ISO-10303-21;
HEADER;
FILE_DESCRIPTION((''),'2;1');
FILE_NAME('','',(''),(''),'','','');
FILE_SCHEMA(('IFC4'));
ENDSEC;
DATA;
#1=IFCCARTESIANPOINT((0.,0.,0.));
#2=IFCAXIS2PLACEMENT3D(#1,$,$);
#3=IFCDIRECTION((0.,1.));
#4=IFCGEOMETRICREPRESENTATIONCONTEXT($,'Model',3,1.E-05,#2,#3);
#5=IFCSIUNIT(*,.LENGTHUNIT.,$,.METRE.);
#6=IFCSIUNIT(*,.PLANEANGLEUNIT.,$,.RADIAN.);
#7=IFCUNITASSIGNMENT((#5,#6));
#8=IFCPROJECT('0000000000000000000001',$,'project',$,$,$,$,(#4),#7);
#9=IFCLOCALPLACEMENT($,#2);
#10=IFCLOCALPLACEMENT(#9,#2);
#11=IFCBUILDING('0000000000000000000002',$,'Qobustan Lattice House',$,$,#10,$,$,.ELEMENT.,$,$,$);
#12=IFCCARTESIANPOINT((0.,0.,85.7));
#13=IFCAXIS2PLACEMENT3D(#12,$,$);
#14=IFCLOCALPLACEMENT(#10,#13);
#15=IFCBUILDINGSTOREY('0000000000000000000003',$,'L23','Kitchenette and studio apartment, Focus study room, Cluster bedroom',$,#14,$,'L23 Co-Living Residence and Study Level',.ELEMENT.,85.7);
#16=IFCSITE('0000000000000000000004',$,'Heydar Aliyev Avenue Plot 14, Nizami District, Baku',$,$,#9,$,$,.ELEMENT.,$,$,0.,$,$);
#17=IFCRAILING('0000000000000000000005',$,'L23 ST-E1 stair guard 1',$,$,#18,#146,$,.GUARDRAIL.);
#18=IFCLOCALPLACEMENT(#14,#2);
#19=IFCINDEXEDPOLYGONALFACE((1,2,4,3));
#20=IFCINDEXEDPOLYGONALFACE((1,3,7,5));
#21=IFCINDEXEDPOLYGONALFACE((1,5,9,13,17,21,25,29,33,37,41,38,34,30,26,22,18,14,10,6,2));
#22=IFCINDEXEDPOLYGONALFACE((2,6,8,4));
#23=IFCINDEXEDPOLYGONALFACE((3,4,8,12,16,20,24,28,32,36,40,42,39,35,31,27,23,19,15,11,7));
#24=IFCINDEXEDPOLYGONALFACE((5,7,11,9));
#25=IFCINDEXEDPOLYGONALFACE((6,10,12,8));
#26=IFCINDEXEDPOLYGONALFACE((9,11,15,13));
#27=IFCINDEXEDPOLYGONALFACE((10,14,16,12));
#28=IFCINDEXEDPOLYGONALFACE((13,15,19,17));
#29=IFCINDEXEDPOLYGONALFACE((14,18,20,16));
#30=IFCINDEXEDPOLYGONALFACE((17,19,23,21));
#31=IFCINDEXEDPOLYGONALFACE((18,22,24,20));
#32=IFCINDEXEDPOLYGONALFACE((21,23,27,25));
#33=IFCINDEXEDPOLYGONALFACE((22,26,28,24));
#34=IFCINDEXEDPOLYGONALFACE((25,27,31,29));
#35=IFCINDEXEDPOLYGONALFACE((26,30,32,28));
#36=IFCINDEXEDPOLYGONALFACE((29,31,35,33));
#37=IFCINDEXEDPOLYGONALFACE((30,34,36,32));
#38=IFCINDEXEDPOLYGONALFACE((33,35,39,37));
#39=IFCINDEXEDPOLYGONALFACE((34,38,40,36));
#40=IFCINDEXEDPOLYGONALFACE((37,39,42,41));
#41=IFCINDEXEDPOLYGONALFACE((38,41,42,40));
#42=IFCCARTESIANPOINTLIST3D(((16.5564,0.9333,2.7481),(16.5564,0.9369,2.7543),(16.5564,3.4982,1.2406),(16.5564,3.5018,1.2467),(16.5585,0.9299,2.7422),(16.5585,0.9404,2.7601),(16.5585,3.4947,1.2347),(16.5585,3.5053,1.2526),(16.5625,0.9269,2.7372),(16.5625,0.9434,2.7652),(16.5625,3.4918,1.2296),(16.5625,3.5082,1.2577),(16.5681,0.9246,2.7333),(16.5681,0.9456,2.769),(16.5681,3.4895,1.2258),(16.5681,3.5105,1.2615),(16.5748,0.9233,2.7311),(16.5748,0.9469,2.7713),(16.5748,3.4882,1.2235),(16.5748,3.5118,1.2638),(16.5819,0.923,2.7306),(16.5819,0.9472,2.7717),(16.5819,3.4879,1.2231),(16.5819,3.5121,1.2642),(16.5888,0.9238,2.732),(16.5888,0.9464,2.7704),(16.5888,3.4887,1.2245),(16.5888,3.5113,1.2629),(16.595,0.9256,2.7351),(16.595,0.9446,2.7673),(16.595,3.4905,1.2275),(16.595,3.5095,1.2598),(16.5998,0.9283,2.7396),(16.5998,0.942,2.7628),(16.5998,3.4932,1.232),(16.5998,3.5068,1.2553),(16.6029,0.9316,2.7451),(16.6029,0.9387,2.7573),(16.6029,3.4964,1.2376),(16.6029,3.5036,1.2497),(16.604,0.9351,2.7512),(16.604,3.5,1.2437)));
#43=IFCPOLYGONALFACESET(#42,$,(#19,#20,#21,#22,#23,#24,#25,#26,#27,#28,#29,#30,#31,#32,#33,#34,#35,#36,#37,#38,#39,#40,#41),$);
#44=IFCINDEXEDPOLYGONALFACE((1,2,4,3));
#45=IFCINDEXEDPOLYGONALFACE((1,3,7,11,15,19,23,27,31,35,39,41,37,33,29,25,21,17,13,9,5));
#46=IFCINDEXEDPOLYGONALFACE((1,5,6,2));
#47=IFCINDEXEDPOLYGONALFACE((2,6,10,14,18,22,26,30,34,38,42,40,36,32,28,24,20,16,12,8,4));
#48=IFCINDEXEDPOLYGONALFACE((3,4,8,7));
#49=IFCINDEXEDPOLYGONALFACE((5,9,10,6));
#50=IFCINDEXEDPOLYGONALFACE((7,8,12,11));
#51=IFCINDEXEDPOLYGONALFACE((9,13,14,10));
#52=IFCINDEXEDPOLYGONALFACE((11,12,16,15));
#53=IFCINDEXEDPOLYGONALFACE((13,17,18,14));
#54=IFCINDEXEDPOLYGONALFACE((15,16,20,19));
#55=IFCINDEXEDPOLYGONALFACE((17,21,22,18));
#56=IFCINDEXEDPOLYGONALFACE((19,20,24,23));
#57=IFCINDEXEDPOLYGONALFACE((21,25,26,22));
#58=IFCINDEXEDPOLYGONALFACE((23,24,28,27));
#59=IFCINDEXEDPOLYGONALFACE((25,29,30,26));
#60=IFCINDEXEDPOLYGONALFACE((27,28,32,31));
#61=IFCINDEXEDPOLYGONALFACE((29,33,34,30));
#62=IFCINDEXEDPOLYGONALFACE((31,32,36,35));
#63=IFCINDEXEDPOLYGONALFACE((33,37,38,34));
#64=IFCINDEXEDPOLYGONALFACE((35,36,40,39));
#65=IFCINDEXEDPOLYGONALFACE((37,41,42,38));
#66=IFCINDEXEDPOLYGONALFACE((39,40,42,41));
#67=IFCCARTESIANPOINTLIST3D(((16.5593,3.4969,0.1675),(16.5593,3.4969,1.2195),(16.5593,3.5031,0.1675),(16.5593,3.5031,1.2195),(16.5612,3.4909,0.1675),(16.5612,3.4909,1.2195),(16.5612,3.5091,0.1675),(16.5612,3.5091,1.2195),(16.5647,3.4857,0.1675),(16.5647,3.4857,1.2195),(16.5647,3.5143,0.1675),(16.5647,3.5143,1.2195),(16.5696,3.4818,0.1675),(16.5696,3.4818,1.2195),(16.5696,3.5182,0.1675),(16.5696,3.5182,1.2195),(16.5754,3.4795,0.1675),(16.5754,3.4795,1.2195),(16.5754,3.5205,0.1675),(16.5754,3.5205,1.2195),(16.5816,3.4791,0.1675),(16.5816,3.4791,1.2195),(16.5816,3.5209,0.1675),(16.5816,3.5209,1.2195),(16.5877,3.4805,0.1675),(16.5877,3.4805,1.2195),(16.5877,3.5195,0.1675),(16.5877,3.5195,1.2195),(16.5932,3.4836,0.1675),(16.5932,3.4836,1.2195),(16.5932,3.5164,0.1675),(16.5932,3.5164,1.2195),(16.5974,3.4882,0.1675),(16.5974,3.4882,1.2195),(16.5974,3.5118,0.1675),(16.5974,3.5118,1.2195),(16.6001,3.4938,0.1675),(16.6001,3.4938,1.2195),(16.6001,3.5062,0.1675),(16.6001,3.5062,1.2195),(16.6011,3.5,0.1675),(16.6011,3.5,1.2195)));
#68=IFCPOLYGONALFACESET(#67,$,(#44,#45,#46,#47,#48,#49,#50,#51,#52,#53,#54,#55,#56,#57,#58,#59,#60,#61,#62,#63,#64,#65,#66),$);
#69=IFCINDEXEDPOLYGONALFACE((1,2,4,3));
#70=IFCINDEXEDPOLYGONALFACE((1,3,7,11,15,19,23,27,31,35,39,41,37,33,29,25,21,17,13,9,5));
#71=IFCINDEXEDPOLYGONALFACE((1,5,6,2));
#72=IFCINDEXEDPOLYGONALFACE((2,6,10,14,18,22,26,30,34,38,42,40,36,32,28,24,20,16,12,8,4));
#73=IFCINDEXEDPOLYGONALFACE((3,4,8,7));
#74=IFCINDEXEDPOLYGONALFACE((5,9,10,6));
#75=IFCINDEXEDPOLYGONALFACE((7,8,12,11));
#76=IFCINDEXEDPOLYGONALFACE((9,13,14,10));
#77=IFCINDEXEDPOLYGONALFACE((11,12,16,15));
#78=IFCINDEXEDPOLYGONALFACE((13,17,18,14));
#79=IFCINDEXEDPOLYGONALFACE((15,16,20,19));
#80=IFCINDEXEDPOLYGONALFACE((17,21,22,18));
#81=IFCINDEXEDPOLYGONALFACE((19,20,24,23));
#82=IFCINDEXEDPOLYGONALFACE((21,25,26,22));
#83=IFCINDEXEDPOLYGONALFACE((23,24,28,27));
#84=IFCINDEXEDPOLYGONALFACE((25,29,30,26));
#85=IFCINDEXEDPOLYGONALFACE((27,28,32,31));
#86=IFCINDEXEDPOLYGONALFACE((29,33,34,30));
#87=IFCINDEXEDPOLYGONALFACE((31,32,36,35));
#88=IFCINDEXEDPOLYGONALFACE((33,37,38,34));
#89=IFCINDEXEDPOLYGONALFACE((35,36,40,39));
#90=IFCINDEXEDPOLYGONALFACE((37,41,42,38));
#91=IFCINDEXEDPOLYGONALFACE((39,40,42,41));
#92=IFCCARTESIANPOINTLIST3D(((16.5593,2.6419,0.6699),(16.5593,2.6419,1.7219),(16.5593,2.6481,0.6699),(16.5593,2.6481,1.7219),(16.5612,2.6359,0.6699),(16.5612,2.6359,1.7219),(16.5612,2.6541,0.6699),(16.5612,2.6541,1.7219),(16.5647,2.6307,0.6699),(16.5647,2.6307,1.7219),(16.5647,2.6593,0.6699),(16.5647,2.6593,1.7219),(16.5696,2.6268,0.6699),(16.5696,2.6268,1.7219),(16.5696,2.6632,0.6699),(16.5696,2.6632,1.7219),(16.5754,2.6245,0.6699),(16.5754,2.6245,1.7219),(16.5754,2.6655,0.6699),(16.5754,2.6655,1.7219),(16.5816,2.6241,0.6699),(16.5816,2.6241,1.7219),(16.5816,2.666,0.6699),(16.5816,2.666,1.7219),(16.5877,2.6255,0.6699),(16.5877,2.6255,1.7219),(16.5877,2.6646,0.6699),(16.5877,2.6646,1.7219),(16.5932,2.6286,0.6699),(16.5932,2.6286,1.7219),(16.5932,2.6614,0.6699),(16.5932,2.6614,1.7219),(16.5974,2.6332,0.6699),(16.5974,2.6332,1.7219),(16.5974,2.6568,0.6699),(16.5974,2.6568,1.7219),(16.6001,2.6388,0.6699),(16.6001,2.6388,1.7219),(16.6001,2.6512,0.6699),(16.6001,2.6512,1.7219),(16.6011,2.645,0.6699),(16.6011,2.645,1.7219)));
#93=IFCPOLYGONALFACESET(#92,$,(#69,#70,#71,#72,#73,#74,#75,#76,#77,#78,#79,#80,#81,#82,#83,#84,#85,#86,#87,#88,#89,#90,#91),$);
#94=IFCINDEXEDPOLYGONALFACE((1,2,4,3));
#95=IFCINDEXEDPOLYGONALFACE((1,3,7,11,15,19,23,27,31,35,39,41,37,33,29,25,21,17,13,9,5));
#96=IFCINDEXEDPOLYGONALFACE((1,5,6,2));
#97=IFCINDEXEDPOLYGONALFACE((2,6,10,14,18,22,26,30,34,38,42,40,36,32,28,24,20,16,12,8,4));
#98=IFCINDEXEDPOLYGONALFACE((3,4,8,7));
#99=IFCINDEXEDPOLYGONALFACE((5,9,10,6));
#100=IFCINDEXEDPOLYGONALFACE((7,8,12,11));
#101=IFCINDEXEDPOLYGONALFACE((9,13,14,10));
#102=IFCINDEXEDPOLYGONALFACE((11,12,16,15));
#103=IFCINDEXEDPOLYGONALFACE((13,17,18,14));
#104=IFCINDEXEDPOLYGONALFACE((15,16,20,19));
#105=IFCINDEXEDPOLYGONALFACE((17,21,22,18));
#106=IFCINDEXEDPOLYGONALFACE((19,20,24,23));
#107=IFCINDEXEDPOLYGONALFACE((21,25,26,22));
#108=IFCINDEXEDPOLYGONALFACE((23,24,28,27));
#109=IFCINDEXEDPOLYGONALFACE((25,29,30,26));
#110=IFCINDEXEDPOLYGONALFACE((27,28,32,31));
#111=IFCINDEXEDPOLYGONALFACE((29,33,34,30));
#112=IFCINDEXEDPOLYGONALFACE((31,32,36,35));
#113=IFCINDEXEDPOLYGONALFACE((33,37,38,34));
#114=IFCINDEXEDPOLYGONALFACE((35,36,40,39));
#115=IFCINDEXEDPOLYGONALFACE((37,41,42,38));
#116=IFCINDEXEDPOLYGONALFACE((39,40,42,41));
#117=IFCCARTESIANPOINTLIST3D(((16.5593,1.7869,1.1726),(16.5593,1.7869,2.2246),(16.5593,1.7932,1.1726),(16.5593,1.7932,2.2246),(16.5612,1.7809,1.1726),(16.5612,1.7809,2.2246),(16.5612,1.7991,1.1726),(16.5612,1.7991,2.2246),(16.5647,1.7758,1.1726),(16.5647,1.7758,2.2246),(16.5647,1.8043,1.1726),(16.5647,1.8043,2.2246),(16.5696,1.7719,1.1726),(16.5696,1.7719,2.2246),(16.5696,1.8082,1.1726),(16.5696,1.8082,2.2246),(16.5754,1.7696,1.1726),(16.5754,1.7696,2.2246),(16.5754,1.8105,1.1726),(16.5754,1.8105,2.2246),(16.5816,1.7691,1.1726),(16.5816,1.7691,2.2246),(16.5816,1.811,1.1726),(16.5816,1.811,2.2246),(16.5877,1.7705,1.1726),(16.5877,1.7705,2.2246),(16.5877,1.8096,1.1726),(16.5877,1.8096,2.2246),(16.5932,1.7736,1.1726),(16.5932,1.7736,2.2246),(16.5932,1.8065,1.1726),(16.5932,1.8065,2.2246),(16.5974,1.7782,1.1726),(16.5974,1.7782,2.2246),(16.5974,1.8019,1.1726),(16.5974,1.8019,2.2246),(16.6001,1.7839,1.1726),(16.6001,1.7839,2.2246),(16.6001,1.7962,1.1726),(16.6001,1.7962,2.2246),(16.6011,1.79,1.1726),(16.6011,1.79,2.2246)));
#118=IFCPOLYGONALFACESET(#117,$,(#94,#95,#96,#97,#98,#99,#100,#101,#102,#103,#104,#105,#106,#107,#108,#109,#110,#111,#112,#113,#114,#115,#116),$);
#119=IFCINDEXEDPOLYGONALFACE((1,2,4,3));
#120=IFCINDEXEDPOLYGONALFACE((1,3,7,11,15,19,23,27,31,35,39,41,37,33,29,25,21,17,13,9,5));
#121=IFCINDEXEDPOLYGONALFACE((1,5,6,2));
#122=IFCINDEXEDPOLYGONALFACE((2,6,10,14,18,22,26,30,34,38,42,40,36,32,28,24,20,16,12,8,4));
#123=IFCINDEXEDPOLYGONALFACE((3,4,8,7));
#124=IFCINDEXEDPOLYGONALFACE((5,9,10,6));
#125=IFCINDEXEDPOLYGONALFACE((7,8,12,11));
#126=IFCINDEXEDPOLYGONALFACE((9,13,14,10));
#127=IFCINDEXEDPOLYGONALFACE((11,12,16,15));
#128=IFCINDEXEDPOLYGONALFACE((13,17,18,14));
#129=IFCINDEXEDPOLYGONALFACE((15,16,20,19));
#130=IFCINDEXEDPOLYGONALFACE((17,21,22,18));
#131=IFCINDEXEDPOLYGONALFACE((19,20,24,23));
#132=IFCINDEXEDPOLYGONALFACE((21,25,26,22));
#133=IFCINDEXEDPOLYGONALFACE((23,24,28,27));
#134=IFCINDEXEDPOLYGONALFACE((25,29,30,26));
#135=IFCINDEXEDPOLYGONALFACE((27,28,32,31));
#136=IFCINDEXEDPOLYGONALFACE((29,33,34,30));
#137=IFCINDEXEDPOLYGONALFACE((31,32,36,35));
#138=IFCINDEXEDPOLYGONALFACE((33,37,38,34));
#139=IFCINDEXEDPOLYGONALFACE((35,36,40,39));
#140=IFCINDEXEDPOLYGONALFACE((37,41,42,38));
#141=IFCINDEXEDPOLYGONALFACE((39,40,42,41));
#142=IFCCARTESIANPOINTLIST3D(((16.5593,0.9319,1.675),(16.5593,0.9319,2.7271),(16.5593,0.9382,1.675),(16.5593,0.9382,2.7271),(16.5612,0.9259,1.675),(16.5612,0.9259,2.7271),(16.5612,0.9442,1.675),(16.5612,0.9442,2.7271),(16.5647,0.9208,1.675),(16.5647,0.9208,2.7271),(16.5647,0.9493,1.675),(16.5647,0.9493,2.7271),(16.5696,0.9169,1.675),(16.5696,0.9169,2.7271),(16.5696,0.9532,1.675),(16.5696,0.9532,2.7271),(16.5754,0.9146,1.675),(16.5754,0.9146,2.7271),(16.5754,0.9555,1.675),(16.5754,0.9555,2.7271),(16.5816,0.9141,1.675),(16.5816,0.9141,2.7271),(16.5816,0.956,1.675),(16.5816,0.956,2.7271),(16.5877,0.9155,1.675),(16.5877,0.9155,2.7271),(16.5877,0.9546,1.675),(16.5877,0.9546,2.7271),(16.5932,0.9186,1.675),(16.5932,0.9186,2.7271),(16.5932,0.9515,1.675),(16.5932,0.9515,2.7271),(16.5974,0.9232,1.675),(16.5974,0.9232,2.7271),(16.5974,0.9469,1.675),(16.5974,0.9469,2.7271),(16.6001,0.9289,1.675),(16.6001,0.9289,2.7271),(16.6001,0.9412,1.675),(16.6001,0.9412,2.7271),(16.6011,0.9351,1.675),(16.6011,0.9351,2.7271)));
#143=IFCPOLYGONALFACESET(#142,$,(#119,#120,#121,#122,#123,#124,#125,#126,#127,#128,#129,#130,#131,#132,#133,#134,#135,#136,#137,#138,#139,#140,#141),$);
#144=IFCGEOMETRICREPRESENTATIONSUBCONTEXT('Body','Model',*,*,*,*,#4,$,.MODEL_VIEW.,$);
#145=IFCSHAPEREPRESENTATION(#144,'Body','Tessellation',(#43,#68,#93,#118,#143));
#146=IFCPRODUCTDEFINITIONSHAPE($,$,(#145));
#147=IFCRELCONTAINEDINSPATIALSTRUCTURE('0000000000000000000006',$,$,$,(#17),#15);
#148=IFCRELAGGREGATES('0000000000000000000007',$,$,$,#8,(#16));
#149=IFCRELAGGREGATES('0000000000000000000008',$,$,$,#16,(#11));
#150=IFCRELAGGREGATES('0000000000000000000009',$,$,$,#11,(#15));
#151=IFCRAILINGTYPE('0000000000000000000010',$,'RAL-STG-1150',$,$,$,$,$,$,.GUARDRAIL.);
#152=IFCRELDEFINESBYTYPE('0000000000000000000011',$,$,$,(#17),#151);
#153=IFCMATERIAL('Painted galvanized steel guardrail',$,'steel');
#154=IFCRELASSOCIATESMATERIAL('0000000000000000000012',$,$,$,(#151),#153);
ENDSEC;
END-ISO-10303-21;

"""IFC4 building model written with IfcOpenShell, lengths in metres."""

from ifc_helpers import new_model, si_unit, direction, frame, origin, origin_2d, place, context, subcontext, project, spatial, circle, extrude, material, type_object, element, save


model = new_model("IFC4")

# Units and contexts
model_context = context("Model", 3, precision=1e-05, world=origin(), true_north=direction((0.0, 1.0)))
body_context = subcontext(model_context, "Body", "Model", "MODEL_VIEW")
ifc_project = project(units=[si_unit("LENGTHUNIT", "METRE"), si_unit("PLANEANGLEUNIT", "RADIAN")], contexts=[model_context])

# Site, building, storey
site_placement = place(None, origin())
site = spatial("IfcSite", under=ifc_project, at=site_placement, Name="Heydar Aliyev Avenue Plot 14, Nizami District, Baku", CompositionType="ELEMENT", RefElevation=0.0)
building_placement = place(site_placement, origin())
building = spatial("IfcBuilding", under=site, at=building_placement, Name="Qobustan Lattice House", CompositionType="ELEMENT")
storey_placement = place(building_placement, frame((0.0, 0.0, 85.7)))
storey = spatial("IfcBuildingStorey", under=building, at=storey_placement, Name="L23", Description="Kitchenette and studio apartment, Focus study room, Cluster bedroom", LongName="L23 Co-Living Residence and Study Level", CompositionType="ELEMENT", Elevation=85.7)

# Railing
ifc_material_1 = material(Name="Painted galvanized steel guardrail", Category="steel")
railing_type_1 = type_object("IfcRailingType", Name="RAL-STG-1150", PredefinedType="GUARDRAIL", material=ifc_material_1)
railing_1_placement = place(storey_placement, frame((16.5801, 3.5, 0.1675)))
element("IfcRailing", 1, at=railing_1_placement, inside=storey, type_object=railing_type_1, Name="L23 ST-E1 stair guard 1", PredefinedType="GUARDRAIL", context=body_context, shape_type="SweptSolid", body=[
    extrude(circle(Radius=0.0239, at=origin_2d()), frame((0.0, 0.0, 1.0762), z_axis=(0.0, -0.862113, 0.506715), x_axis=(1.0, 0.0, 0.0)), (0.0, 0.0, 1.0), 2.9751),
    extrude(circle(Radius=0.021, at=origin_2d()), origin(), (0.0, 0.0, 1.0), 1.052),
    extrude(circle(Radius=0.021, at=origin_2d()), frame((0.0, -0.855, 0.5024)), (0.0, 0.0, 1.0), 1.052),
    extrude(circle(Radius=0.021, at=origin_2d()), frame((0.0, -1.71, 1.0051)), (0.0, 0.0, 1.0), 1.052),
    extrude(circle(Radius=0.021, at=origin_2d()), frame((0.0, -2.5649, 1.5076)), (0.0, 0.0, 1.0), 1.052),
])

save(model, "model.ifc")
